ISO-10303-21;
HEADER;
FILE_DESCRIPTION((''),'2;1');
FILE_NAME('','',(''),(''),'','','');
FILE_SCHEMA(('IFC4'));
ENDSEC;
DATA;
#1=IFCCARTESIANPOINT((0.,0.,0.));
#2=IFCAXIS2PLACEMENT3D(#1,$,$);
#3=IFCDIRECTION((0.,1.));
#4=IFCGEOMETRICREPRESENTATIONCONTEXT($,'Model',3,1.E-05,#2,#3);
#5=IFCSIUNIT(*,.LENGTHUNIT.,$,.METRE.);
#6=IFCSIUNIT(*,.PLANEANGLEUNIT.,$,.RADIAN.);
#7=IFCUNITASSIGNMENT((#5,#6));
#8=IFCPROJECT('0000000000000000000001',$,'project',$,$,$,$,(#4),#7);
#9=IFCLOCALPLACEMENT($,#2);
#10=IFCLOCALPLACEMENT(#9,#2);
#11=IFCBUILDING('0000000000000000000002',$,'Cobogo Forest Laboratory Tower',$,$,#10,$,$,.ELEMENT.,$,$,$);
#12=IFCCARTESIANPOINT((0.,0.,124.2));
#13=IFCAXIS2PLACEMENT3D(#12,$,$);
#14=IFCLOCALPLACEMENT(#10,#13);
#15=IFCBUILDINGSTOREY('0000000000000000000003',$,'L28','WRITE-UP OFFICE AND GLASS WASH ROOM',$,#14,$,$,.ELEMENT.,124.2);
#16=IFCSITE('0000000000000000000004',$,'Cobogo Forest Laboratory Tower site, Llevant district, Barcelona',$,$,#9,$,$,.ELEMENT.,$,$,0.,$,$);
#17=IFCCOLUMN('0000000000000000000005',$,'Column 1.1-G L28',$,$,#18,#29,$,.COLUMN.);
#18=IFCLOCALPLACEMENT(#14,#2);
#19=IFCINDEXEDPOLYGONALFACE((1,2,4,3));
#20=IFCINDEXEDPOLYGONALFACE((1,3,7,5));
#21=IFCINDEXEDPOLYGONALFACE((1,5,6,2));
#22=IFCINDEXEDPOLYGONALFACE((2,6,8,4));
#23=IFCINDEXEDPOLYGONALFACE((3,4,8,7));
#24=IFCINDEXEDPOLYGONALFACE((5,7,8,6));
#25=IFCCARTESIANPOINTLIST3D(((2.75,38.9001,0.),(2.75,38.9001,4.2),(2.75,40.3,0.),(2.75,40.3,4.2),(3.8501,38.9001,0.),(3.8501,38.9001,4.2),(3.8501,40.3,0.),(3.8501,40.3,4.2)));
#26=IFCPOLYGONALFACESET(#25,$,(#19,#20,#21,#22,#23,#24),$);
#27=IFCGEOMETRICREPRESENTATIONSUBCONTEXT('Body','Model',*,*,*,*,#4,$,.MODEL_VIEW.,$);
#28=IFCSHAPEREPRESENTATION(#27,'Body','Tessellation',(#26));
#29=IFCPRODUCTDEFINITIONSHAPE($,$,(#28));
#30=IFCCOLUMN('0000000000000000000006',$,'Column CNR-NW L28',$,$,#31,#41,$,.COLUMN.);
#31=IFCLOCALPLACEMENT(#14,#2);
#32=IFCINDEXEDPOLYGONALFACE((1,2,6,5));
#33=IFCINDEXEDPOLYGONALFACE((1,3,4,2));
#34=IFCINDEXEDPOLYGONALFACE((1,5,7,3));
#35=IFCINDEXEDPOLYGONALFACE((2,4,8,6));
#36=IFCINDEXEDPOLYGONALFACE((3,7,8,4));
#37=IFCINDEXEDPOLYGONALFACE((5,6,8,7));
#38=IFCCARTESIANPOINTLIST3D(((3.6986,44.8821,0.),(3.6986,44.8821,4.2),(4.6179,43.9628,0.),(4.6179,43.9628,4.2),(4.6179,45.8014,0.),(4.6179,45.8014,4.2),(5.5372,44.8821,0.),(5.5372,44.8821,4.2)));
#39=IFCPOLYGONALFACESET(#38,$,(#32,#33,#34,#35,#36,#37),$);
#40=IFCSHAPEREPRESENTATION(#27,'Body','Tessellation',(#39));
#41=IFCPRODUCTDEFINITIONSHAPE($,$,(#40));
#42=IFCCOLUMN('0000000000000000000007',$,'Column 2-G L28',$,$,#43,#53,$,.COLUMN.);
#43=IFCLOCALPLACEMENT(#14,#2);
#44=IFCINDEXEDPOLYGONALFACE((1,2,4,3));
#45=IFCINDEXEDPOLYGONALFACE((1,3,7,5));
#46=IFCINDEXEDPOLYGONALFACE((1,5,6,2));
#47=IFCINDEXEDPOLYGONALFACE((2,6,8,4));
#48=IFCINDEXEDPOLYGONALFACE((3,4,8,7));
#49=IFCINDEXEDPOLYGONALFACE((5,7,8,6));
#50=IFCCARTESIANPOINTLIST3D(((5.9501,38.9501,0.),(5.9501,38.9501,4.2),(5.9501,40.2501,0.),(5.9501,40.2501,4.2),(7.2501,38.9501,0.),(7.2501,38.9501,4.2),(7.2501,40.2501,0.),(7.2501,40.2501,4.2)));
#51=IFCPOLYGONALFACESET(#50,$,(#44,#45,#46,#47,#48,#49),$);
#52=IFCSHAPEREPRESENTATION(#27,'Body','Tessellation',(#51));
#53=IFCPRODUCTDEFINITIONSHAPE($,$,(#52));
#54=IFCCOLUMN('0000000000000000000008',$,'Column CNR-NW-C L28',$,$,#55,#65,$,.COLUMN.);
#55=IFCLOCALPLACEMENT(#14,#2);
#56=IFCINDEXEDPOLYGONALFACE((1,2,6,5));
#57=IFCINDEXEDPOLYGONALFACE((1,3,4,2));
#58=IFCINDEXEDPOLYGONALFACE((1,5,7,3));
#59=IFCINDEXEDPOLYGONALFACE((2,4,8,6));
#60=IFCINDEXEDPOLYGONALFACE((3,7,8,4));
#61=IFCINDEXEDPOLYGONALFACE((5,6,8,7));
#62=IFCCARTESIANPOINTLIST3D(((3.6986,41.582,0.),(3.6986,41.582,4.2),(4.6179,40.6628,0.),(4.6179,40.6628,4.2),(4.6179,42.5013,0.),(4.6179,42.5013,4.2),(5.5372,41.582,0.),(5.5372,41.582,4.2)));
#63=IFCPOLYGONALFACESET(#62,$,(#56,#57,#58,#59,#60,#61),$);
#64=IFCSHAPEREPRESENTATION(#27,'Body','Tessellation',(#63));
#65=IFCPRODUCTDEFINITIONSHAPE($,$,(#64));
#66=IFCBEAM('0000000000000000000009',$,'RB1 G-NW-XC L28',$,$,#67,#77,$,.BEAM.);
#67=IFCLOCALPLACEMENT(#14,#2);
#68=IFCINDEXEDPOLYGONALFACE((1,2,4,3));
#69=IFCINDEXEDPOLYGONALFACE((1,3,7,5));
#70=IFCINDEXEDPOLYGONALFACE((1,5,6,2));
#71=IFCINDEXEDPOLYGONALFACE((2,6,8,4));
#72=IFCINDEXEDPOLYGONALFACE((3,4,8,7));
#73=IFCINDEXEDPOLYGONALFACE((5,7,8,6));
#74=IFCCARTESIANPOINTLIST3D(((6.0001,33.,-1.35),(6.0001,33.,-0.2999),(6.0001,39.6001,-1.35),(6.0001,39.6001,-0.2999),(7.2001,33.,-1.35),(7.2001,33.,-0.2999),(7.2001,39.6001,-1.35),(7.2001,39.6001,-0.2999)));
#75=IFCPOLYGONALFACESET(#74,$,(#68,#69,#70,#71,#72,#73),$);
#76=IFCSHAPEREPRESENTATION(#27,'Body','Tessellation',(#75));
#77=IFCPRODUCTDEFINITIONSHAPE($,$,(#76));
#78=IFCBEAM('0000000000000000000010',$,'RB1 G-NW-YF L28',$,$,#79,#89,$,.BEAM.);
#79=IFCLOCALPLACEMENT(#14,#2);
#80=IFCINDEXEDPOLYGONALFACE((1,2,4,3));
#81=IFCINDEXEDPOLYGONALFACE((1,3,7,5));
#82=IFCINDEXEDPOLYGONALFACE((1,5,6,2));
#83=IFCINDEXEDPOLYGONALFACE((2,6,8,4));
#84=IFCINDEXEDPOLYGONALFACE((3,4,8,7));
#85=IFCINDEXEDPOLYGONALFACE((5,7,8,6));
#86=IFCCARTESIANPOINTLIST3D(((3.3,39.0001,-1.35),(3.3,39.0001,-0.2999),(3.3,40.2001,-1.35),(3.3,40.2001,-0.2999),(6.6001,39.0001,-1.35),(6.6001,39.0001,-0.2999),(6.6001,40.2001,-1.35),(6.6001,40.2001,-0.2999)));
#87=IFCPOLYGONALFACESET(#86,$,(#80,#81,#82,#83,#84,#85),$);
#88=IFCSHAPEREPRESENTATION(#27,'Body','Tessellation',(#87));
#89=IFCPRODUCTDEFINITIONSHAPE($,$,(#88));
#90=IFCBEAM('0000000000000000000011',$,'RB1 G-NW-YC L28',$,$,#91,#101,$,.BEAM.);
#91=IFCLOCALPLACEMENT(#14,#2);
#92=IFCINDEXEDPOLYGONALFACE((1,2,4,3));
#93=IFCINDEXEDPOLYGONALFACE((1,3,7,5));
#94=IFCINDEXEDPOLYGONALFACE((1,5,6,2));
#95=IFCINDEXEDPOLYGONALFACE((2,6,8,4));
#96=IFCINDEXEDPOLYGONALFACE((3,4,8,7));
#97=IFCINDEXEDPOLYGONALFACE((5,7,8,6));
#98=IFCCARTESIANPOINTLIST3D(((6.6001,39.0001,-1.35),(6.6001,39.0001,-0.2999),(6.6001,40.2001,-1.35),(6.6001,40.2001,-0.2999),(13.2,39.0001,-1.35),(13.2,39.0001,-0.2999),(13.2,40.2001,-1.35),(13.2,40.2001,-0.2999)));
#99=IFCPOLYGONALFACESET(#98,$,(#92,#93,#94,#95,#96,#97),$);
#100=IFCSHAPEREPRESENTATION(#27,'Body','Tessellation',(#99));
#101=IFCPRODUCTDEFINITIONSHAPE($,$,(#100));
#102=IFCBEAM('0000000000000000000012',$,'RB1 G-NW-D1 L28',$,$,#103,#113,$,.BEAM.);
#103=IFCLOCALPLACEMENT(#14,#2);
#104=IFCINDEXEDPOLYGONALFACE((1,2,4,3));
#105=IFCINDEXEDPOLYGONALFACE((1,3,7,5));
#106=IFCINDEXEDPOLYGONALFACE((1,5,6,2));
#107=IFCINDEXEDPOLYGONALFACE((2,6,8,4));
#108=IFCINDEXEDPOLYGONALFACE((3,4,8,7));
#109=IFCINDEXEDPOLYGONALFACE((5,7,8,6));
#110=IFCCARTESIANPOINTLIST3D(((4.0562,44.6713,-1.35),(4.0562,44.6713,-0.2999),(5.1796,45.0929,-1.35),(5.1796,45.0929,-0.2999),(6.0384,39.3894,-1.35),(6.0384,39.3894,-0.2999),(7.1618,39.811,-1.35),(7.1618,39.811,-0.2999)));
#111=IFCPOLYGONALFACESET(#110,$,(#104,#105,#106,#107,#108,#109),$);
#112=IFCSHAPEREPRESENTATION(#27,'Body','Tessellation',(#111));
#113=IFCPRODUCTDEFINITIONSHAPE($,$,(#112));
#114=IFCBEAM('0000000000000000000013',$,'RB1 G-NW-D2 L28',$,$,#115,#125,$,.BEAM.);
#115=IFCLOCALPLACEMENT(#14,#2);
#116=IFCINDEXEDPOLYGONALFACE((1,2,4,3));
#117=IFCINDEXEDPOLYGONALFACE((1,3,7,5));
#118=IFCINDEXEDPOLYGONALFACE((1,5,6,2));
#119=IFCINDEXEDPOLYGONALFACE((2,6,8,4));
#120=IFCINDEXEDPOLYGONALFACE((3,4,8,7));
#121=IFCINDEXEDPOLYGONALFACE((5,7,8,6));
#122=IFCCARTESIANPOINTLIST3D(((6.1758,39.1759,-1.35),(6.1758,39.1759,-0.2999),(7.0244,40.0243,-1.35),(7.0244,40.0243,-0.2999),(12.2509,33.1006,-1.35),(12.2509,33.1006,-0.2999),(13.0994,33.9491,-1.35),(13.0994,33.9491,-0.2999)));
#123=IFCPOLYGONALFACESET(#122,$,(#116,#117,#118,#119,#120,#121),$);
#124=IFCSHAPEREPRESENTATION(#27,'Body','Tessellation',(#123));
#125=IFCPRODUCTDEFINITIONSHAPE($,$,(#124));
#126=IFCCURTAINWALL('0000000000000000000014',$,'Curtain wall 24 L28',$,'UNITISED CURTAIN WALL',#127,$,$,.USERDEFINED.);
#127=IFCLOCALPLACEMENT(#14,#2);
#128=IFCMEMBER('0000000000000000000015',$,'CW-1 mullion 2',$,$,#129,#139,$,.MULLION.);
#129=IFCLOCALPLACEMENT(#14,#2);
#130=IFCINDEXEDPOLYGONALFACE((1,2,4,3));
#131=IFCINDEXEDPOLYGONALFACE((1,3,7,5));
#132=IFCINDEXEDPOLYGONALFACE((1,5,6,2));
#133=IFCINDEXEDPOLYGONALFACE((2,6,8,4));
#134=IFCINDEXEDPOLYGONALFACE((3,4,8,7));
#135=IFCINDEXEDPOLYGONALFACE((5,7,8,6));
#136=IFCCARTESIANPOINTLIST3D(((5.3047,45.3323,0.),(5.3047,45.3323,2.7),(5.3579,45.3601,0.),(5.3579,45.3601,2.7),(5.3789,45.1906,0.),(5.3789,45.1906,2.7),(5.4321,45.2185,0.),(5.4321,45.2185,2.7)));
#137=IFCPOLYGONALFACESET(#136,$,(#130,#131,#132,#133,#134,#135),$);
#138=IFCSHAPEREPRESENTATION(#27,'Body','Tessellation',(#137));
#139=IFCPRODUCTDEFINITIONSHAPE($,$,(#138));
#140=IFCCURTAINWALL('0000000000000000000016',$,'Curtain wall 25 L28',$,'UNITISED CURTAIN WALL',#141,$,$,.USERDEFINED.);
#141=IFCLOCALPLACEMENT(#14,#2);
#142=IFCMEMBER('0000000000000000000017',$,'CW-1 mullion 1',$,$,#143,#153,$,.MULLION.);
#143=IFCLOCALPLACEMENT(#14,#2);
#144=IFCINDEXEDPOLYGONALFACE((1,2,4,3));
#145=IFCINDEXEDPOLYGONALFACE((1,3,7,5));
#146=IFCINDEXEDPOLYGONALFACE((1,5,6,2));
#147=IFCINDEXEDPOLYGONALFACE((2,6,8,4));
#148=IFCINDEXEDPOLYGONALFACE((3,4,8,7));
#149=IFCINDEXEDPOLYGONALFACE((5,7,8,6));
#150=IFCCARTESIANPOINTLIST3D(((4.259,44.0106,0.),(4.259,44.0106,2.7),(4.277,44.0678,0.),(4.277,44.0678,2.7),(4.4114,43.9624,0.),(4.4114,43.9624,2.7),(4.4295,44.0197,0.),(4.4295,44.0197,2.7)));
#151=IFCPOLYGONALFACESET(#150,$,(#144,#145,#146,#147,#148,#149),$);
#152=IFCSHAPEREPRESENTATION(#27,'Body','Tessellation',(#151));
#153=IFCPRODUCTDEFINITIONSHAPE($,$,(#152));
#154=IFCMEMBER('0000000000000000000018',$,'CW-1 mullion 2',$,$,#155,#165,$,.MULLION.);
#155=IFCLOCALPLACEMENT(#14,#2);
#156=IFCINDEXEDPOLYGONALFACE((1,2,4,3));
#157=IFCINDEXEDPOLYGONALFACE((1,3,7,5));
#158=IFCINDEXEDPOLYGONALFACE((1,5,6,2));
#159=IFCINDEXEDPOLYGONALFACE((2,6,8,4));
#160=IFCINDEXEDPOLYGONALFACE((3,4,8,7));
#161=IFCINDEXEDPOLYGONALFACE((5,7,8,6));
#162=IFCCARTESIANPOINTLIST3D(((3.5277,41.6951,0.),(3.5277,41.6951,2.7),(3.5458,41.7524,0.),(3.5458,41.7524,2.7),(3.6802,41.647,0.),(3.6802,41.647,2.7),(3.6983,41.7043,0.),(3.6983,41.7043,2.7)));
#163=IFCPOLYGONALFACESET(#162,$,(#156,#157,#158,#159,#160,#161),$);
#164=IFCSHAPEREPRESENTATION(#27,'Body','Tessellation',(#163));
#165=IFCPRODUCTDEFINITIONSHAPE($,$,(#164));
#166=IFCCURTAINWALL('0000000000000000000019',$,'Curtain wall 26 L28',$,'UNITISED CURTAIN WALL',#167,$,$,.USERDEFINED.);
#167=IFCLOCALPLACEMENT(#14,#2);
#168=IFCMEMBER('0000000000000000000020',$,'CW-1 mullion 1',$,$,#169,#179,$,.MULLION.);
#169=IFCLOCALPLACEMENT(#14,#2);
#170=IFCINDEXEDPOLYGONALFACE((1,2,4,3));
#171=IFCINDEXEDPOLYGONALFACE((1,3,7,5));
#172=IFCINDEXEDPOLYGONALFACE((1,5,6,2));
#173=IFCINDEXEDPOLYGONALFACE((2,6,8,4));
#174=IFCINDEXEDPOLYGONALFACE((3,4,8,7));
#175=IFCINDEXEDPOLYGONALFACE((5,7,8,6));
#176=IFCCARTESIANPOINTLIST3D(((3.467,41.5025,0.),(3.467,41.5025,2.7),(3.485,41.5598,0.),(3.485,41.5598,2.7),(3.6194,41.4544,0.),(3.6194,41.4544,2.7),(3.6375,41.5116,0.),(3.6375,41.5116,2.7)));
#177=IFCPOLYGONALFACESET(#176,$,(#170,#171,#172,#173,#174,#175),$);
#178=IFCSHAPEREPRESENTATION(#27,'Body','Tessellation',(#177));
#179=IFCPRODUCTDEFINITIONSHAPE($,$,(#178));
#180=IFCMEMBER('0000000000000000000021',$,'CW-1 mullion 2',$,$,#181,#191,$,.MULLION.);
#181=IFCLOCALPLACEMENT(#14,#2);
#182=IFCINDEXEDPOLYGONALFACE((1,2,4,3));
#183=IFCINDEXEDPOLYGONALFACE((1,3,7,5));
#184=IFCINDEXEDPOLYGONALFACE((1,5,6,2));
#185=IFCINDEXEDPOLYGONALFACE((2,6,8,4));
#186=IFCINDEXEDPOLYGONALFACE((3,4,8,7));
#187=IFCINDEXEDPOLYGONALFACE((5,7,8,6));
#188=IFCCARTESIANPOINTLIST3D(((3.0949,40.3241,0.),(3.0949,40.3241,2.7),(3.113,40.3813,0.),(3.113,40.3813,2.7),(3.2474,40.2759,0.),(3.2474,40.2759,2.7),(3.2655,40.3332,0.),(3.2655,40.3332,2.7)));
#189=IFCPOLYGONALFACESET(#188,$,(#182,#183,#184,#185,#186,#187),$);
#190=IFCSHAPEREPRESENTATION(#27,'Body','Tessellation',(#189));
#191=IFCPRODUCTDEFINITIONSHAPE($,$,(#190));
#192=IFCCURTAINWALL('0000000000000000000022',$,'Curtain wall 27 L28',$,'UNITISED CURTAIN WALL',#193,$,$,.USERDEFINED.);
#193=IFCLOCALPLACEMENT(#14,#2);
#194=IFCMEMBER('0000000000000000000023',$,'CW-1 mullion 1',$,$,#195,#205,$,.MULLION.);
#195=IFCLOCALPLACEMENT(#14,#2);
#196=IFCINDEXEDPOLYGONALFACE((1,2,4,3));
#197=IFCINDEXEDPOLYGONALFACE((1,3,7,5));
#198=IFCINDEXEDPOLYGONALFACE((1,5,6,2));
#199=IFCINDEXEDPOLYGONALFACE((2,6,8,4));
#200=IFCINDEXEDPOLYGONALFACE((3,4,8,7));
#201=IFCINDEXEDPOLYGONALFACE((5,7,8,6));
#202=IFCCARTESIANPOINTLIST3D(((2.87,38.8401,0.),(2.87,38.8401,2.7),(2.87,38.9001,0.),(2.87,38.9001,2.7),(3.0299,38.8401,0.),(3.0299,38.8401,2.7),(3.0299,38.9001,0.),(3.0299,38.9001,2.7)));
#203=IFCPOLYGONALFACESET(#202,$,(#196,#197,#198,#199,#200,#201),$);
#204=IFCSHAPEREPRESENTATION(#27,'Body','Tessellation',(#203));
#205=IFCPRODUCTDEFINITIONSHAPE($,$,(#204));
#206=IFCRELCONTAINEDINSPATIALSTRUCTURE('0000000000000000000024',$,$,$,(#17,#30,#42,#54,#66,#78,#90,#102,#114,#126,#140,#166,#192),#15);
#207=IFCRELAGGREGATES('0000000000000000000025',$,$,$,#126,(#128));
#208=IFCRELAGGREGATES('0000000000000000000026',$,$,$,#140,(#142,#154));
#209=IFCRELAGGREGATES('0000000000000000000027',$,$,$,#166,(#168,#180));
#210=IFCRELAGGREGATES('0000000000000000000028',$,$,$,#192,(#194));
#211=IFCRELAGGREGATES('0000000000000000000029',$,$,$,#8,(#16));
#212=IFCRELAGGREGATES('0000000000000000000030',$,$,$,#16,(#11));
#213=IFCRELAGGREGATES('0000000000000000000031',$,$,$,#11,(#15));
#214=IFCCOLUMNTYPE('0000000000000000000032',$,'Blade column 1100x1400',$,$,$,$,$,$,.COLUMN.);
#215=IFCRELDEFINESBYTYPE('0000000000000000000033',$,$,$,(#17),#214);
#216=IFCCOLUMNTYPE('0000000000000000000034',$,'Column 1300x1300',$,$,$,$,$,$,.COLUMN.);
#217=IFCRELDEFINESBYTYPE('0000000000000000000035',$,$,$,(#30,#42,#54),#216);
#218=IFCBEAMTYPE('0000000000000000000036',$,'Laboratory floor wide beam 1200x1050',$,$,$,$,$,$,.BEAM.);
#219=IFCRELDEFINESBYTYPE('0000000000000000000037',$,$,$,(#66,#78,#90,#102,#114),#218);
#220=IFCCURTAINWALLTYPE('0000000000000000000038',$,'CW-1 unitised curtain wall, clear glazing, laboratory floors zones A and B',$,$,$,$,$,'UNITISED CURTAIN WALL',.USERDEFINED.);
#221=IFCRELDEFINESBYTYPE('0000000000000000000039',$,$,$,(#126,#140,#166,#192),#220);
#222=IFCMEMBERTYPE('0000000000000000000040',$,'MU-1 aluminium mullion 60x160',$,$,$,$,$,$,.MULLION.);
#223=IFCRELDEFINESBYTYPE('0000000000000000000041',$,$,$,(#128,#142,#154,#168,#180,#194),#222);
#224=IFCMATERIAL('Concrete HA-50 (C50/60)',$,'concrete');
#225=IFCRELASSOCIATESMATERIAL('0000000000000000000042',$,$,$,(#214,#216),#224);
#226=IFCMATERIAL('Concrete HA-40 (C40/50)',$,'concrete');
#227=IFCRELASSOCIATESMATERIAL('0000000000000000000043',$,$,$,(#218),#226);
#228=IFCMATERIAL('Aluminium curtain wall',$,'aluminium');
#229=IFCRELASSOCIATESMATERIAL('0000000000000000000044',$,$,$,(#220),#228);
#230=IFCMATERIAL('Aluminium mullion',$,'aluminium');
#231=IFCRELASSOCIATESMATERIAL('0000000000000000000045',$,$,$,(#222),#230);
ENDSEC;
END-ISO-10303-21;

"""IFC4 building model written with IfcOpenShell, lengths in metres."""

from ifc_helpers import new_model, si_unit, direction, frame, origin, origin_2d, place, context, subcontext, project, spatial, rectangle, extrude, material, material_profile, profile_set, type_object, element, aggregate, save


model = new_model("IFC4")

# Units and contexts
model_context = context("Model", 3, precision=1e-05, world=origin(), true_north=direction((0.0, 1.0)))
body_context = subcontext(model_context, "Body", "Model", "MODEL_VIEW")
ifc_project = project(units=[si_unit("LENGTHUNIT", "METRE"), si_unit("PLANEANGLEUNIT", "RADIAN")], contexts=[model_context])

# Site, building, storey
site_placement = place(None, origin())
site = spatial("IfcSite", under=ifc_project, at=site_placement, Name="Cobogo Forest Laboratory Tower site, Llevant district, Barcelona", CompositionType="ELEMENT", RefElevation=0.0)
building_placement = place(site_placement, origin())
building = spatial("IfcBuilding", under=site, at=building_placement, Name="Cobogo Forest Laboratory Tower", CompositionType="ELEMENT")
storey_placement = place(building_placement, frame((0.0, 0.0, 124.2)))
storey = spatial("IfcBuildingStorey", under=building, at=storey_placement, Name="L28", Description="WRITE-UP OFFICE AND GLASS WASH ROOM", CompositionType="ELEMENT", Elevation=124.2)

# Columns
ifc_material_1 = material(Name="Concrete HA-50 (C50/60)", Category="concrete")
ifc_material_profile_1 = material_profile(ifc_material_1, rectangle(XDim=1.3999, YDim=1.1001, at=origin_2d()), Name="RC 1100x1400")
ifc_profile_set_1 = profile_set([ifc_material_profile_1], Name="Concrete HA-50 (C50/60)")
column_type_1 = type_object("IfcColumnType", Name="Blade column 1100x1400", PredefinedType="COLUMN", material=ifc_profile_set_1)
column_placement = place(storey_placement, frame((3.3, 39.6001, 0.0), z_axis=(0.0, 0.0, 1.0), x_axis=(0.0, 1.0, 0.0)))
element("IfcColumn", 1, at=column_placement, inside=storey, type_object=column_type_1, Name="Column 1.1-G L28", PredefinedType="COLUMN", context=body_context, shape_type="SweptSolid", body=[
    extrude(rectangle(XDim=1.3999, YDim=1.1001, at=origin_2d()), origin(), (0.0, 0.0, 1.0), 4.2),
])
ifc_material_profile_2 = material_profile(ifc_material_1, rectangle(XDim=1.3, YDim=1.3, at=origin_2d()), Name="RC 1300x1300")
ifc_profile_set_2 = profile_set([ifc_material_profile_2], Name="Concrete HA-50 (C50/60)")
column_type_2 = type_object("IfcColumnType", Name="Column 1300x1300", PredefinedType="COLUMN", material=ifc_profile_set_2)
for number, where, z_axis, x_axis, name in (
    (2, (4.6179, 44.8821, 0.0), (0.0, 0.0, 1.0), (0.707107, 0.707107, 0.0), "Column CNR-NW L28"),
    (3, (6.6001, 39.6001, 0.0), (0.0, 0.0, 1.0), (1.0, 0.0, 0.0), "Column 2-G L28"),
    (4, (4.6179, 41.582, 0.0), (0.0, 0.0, 1.0), (0.707107, 0.707107, 0.0), "Column CNR-NW-C L28"),
):
    element("IfcColumn", number, at=place(storey_placement, frame(where, z_axis=z_axis, x_axis=x_axis)), inside=storey, type_object=column_type_2, Name=name, PredefinedType="COLUMN", context=body_context, shape_type="SweptSolid", body=[
        extrude(rectangle(XDim=1.3, YDim=1.3, at=origin_2d()), origin(), (0.0, 0.0, 1.0), 4.2),
    ])

# Beams
ifc_material_2 = material(Name="Concrete HA-40 (C40/50)", Category="concrete")
ifc_material_profile_3 = material_profile(ifc_material_2, rectangle(XDim=1.2, YDim=1.05, at=origin_2d()), Name="RC 1200x1050")
ifc_profile_set_3 = profile_set([ifc_material_profile_3], Name="Concrete HA-40 (C40/50)")
beam_type_1 = type_object("IfcBeamType", Name="Laboratory floor wide beam 1200x1050", PredefinedType="BEAM", material=ifc_profile_set_3)
beam_1_placement = place(storey_placement, frame((6.6001, 39.6001, -0.825), z_axis=(0.0, -1.0, 0.0), x_axis=(1.0, 0.0, 0.0)))
element("IfcBeam", 5, at=beam_1_placement, inside=storey, type_object=beam_type_1, Name="RB1 G-NW-XC L28", PredefinedType="BEAM", context=body_context, shape_type="SweptSolid", body=[
    extrude(rectangle(XDim=1.2, YDim=1.05, at=origin_2d()), origin(), (0.0, 0.0, 1.0), 6.6001),
])
beam_2_placement = place(storey_placement, frame((3.3, 39.6001, -0.825), z_axis=(1.0, 0.0, 0.0), x_axis=(0.0, 1.0, 0.0)))
element("IfcBeam", 6, at=beam_2_placement, inside=storey, type_object=beam_type_1, Name="RB1 G-NW-YF L28", PredefinedType="BEAM", context=body_context, shape_type="SweptSolid", body=[
    extrude(rectangle(XDim=1.2, YDim=1.05, at=origin_2d()), origin(), (0.0, 0.0, 1.0), 3.3),
])
beam_3_placement = place(storey_placement, frame((6.6001, 39.6001, -0.825), z_axis=(1.0, 0.0, 0.0), x_axis=(0.0, 1.0, 0.0)))
element("IfcBeam", 7, at=beam_3_placement, inside=storey, type_object=beam_type_1, Name="RB1 G-NW-YC L28", PredefinedType="BEAM", context=body_context, shape_type="SweptSolid", body=[
    extrude(rectangle(XDim=1.2, YDim=1.05, at=origin_2d()), origin(), (0.0, 0.0, 1.0), 6.5999),
])
beam_4_placement = place(storey_placement, frame((4.6179, 44.8821, -0.825), z_axis=(0.351346, -0.936246, 0.0), x_axis=(0.936246, 0.351346, 0.0)))
element("IfcBeam", 8, at=beam_4_placement, inside=storey, type_object=beam_type_1, Name="RB1 G-NW-D1 L28", PredefinedType="BEAM", context=body_context, shape_type="SweptSolid", body=[
    extrude(rectangle(XDim=1.2, YDim=1.05, at=origin_2d()), origin(), (0.0, 0.0, 1.0), 5.6416),
])
beam_5_placement = place(storey_placement, frame((6.6001, 39.6001, -0.825), z_axis=(0.707093, -0.707121, 0.0), x_axis=(0.707121, 0.707093, 0.0)))
element("IfcBeam", 9, at=beam_5_placement, inside=storey, type_object=beam_type_1, Name="RB1 G-NW-D2 L28", PredefinedType="BEAM", context=body_context, shape_type="SweptSolid", body=[
    extrude(rectangle(XDim=1.2, YDim=1.05, at=origin_2d()), origin(), (0.0, 0.0, 1.0), 8.5916),
])

# Curtain wall, member
ifc_material_3 = material(Name="Aluminium curtain wall", Category="aluminium")
curtain_wall_type = type_object("IfcCurtainWallType", Name="CW-1 unitised curtain wall, clear glazing, laboratory floors zones A and B", ElementType="UNITISED CURTAIN WALL", PredefinedType="USERDEFINED", material=ifc_material_3)
curtain_wall_1_placement = place(storey_placement, origin())
curtain_wall_1 = element("IfcCurtainWall", 10, at=curtain_wall_1_placement, inside=storey, type_object=curtain_wall_type, Name="Curtain wall 24 L28", ObjectType="UNITISED CURTAIN WALL", PredefinedType="USERDEFINED")
ifc_material_4 = material(Name="Aluminium mullion", Category="aluminium")
ifc_material_profile_4 = material_profile(ifc_material_4, rectangle(XDim=0.0601, YDim=0.1599, at=origin_2d()), Name="AL 60x160")
ifc_profile_set_4 = profile_set([ifc_material_profile_4], Name="Aluminium mullion")
member_type_1 = type_object("IfcMemberType", Name="MU-1 aluminium mullion 60x160", PredefinedType="MULLION", material=ifc_profile_set_4)
member_1_placement = place(storey_placement, frame((5.3684, 45.2754, 0.0), z_axis=(0.0, 0.0, 1.0), x_axis=(-0.885687, -0.464284, 0.0)))
member_1 = element("IfcMember", 11, at=member_1_placement, type_object=member_type_1, Name="CW-1 mullion 2", PredefinedType="MULLION", context=body_context, shape_type="SweptSolid", body=[
    extrude(rectangle(XDim=0.0601, YDim=0.1599, at=origin_2d()), origin(), (0.0, 0.0, 1.0), 2.7),
])

# Curtain walls, members
curtain_wall_2_placement = place(storey_placement, origin())
curtain_wall_2 = element("IfcCurtainWall", 12, at=curtain_wall_2_placement, inside=storey, type_object=curtain_wall_type, Name="Curtain wall 25 L28", ObjectType="UNITISED CURTAIN WALL", PredefinedType="USERDEFINED")
member_2_placement = place(storey_placement, frame((4.3442, 44.0151, 0.0), z_axis=(0.0, 0.0, 1.0), x_axis=(-0.301135, -0.953581, 0.0)))
member_2 = element("IfcMember", 13, at=member_2_placement, type_object=member_type_1, Name="CW-1 mullion 1", PredefinedType="MULLION", context=body_context, shape_type="SweptSolid", body=[
    extrude(rectangle(XDim=0.0601, YDim=0.1599, at=origin_2d()), origin(), (0.0, 0.0, 1.0), 2.7),
])
member_3_placement = place(storey_placement, frame((3.613, 41.6997, 0.0), z_axis=(0.0, 0.0, 1.0), x_axis=(-0.301135, -0.953581, 0.0)))
member_3 = element("IfcMember", 14, at=member_3_placement, type_object=member_type_1, Name="CW-1 mullion 2", PredefinedType="MULLION", context=body_context, shape_type="SweptSolid", body=[
    extrude(rectangle(XDim=0.0601, YDim=0.1599, at=origin_2d()), origin(), (0.0, 0.0, 1.0), 2.7),
])
curtain_wall_3_placement = place(storey_placement, origin())
curtain_wall_3 = element("IfcCurtainWall", 15, at=curtain_wall_3_placement, inside=storey, type_object=curtain_wall_type, Name="Curtain wall 26 L28", ObjectType="UNITISED CURTAIN WALL", PredefinedType="USERDEFINED")
member_4_placement = place(storey_placement, frame((3.5522, 41.5071, 0.0), z_axis=(0.0, 0.0, 1.0), x_axis=(-0.301135, -0.953581, 0.0)))
member_4 = element("IfcMember", 16, at=member_4_placement, type_object=member_type_1, Name="CW-1 mullion 1", PredefinedType="MULLION", context=body_context, shape_type="SweptSolid", body=[
    extrude(rectangle(XDim=0.0601, YDim=0.1599, at=origin_2d()), origin(), (0.0, 0.0, 1.0), 2.7),
])
member_5_placement = place(storey_placement, frame((3.1802, 40.3286, 0.0), z_axis=(0.0, 0.0, 1.0), x_axis=(-0.301135, -0.953581, 0.0)))
member_5 = element("IfcMember", 17, at=member_5_placement, type_object=member_type_1, Name="CW-1 mullion 2", PredefinedType="MULLION", context=body_context, shape_type="SweptSolid", body=[
    extrude(rectangle(XDim=0.0601, YDim=0.1599, at=origin_2d()), origin(), (0.0, 0.0, 1.0), 2.7),
])
curtain_wall_4_placement = place(storey_placement, origin())
curtain_wall_4 = element("IfcCurtainWall", 18, at=curtain_wall_4_placement, inside=storey, type_object=curtain_wall_type, Name="Curtain wall 27 L28", ObjectType="UNITISED CURTAIN WALL", PredefinedType="USERDEFINED")
member_6_placement = place(storey_placement, frame((2.95, 38.8701, 0.0), z_axis=(0.0, 0.0, 1.0), x_axis=(0.0, -1.0, 0.0)))
member_6 = element("IfcMember", 19, at=member_6_placement, type_object=member_type_1, Name="CW-1 mullion 1", PredefinedType="MULLION", context=body_context, shape_type="SweptSolid", body=[
    extrude(rectangle(XDim=0.0601, YDim=0.1599, at=origin_2d()), origin(), (0.0, 0.0, 1.0), 2.7),
])

aggregate(curtain_wall_1, [member_1])
aggregate(curtain_wall_2, [member_2, member_3])
aggregate(curtain_wall_3, [member_4, member_5])
aggregate(curtain_wall_4, [member_6])

save(model, "model.ifc")
